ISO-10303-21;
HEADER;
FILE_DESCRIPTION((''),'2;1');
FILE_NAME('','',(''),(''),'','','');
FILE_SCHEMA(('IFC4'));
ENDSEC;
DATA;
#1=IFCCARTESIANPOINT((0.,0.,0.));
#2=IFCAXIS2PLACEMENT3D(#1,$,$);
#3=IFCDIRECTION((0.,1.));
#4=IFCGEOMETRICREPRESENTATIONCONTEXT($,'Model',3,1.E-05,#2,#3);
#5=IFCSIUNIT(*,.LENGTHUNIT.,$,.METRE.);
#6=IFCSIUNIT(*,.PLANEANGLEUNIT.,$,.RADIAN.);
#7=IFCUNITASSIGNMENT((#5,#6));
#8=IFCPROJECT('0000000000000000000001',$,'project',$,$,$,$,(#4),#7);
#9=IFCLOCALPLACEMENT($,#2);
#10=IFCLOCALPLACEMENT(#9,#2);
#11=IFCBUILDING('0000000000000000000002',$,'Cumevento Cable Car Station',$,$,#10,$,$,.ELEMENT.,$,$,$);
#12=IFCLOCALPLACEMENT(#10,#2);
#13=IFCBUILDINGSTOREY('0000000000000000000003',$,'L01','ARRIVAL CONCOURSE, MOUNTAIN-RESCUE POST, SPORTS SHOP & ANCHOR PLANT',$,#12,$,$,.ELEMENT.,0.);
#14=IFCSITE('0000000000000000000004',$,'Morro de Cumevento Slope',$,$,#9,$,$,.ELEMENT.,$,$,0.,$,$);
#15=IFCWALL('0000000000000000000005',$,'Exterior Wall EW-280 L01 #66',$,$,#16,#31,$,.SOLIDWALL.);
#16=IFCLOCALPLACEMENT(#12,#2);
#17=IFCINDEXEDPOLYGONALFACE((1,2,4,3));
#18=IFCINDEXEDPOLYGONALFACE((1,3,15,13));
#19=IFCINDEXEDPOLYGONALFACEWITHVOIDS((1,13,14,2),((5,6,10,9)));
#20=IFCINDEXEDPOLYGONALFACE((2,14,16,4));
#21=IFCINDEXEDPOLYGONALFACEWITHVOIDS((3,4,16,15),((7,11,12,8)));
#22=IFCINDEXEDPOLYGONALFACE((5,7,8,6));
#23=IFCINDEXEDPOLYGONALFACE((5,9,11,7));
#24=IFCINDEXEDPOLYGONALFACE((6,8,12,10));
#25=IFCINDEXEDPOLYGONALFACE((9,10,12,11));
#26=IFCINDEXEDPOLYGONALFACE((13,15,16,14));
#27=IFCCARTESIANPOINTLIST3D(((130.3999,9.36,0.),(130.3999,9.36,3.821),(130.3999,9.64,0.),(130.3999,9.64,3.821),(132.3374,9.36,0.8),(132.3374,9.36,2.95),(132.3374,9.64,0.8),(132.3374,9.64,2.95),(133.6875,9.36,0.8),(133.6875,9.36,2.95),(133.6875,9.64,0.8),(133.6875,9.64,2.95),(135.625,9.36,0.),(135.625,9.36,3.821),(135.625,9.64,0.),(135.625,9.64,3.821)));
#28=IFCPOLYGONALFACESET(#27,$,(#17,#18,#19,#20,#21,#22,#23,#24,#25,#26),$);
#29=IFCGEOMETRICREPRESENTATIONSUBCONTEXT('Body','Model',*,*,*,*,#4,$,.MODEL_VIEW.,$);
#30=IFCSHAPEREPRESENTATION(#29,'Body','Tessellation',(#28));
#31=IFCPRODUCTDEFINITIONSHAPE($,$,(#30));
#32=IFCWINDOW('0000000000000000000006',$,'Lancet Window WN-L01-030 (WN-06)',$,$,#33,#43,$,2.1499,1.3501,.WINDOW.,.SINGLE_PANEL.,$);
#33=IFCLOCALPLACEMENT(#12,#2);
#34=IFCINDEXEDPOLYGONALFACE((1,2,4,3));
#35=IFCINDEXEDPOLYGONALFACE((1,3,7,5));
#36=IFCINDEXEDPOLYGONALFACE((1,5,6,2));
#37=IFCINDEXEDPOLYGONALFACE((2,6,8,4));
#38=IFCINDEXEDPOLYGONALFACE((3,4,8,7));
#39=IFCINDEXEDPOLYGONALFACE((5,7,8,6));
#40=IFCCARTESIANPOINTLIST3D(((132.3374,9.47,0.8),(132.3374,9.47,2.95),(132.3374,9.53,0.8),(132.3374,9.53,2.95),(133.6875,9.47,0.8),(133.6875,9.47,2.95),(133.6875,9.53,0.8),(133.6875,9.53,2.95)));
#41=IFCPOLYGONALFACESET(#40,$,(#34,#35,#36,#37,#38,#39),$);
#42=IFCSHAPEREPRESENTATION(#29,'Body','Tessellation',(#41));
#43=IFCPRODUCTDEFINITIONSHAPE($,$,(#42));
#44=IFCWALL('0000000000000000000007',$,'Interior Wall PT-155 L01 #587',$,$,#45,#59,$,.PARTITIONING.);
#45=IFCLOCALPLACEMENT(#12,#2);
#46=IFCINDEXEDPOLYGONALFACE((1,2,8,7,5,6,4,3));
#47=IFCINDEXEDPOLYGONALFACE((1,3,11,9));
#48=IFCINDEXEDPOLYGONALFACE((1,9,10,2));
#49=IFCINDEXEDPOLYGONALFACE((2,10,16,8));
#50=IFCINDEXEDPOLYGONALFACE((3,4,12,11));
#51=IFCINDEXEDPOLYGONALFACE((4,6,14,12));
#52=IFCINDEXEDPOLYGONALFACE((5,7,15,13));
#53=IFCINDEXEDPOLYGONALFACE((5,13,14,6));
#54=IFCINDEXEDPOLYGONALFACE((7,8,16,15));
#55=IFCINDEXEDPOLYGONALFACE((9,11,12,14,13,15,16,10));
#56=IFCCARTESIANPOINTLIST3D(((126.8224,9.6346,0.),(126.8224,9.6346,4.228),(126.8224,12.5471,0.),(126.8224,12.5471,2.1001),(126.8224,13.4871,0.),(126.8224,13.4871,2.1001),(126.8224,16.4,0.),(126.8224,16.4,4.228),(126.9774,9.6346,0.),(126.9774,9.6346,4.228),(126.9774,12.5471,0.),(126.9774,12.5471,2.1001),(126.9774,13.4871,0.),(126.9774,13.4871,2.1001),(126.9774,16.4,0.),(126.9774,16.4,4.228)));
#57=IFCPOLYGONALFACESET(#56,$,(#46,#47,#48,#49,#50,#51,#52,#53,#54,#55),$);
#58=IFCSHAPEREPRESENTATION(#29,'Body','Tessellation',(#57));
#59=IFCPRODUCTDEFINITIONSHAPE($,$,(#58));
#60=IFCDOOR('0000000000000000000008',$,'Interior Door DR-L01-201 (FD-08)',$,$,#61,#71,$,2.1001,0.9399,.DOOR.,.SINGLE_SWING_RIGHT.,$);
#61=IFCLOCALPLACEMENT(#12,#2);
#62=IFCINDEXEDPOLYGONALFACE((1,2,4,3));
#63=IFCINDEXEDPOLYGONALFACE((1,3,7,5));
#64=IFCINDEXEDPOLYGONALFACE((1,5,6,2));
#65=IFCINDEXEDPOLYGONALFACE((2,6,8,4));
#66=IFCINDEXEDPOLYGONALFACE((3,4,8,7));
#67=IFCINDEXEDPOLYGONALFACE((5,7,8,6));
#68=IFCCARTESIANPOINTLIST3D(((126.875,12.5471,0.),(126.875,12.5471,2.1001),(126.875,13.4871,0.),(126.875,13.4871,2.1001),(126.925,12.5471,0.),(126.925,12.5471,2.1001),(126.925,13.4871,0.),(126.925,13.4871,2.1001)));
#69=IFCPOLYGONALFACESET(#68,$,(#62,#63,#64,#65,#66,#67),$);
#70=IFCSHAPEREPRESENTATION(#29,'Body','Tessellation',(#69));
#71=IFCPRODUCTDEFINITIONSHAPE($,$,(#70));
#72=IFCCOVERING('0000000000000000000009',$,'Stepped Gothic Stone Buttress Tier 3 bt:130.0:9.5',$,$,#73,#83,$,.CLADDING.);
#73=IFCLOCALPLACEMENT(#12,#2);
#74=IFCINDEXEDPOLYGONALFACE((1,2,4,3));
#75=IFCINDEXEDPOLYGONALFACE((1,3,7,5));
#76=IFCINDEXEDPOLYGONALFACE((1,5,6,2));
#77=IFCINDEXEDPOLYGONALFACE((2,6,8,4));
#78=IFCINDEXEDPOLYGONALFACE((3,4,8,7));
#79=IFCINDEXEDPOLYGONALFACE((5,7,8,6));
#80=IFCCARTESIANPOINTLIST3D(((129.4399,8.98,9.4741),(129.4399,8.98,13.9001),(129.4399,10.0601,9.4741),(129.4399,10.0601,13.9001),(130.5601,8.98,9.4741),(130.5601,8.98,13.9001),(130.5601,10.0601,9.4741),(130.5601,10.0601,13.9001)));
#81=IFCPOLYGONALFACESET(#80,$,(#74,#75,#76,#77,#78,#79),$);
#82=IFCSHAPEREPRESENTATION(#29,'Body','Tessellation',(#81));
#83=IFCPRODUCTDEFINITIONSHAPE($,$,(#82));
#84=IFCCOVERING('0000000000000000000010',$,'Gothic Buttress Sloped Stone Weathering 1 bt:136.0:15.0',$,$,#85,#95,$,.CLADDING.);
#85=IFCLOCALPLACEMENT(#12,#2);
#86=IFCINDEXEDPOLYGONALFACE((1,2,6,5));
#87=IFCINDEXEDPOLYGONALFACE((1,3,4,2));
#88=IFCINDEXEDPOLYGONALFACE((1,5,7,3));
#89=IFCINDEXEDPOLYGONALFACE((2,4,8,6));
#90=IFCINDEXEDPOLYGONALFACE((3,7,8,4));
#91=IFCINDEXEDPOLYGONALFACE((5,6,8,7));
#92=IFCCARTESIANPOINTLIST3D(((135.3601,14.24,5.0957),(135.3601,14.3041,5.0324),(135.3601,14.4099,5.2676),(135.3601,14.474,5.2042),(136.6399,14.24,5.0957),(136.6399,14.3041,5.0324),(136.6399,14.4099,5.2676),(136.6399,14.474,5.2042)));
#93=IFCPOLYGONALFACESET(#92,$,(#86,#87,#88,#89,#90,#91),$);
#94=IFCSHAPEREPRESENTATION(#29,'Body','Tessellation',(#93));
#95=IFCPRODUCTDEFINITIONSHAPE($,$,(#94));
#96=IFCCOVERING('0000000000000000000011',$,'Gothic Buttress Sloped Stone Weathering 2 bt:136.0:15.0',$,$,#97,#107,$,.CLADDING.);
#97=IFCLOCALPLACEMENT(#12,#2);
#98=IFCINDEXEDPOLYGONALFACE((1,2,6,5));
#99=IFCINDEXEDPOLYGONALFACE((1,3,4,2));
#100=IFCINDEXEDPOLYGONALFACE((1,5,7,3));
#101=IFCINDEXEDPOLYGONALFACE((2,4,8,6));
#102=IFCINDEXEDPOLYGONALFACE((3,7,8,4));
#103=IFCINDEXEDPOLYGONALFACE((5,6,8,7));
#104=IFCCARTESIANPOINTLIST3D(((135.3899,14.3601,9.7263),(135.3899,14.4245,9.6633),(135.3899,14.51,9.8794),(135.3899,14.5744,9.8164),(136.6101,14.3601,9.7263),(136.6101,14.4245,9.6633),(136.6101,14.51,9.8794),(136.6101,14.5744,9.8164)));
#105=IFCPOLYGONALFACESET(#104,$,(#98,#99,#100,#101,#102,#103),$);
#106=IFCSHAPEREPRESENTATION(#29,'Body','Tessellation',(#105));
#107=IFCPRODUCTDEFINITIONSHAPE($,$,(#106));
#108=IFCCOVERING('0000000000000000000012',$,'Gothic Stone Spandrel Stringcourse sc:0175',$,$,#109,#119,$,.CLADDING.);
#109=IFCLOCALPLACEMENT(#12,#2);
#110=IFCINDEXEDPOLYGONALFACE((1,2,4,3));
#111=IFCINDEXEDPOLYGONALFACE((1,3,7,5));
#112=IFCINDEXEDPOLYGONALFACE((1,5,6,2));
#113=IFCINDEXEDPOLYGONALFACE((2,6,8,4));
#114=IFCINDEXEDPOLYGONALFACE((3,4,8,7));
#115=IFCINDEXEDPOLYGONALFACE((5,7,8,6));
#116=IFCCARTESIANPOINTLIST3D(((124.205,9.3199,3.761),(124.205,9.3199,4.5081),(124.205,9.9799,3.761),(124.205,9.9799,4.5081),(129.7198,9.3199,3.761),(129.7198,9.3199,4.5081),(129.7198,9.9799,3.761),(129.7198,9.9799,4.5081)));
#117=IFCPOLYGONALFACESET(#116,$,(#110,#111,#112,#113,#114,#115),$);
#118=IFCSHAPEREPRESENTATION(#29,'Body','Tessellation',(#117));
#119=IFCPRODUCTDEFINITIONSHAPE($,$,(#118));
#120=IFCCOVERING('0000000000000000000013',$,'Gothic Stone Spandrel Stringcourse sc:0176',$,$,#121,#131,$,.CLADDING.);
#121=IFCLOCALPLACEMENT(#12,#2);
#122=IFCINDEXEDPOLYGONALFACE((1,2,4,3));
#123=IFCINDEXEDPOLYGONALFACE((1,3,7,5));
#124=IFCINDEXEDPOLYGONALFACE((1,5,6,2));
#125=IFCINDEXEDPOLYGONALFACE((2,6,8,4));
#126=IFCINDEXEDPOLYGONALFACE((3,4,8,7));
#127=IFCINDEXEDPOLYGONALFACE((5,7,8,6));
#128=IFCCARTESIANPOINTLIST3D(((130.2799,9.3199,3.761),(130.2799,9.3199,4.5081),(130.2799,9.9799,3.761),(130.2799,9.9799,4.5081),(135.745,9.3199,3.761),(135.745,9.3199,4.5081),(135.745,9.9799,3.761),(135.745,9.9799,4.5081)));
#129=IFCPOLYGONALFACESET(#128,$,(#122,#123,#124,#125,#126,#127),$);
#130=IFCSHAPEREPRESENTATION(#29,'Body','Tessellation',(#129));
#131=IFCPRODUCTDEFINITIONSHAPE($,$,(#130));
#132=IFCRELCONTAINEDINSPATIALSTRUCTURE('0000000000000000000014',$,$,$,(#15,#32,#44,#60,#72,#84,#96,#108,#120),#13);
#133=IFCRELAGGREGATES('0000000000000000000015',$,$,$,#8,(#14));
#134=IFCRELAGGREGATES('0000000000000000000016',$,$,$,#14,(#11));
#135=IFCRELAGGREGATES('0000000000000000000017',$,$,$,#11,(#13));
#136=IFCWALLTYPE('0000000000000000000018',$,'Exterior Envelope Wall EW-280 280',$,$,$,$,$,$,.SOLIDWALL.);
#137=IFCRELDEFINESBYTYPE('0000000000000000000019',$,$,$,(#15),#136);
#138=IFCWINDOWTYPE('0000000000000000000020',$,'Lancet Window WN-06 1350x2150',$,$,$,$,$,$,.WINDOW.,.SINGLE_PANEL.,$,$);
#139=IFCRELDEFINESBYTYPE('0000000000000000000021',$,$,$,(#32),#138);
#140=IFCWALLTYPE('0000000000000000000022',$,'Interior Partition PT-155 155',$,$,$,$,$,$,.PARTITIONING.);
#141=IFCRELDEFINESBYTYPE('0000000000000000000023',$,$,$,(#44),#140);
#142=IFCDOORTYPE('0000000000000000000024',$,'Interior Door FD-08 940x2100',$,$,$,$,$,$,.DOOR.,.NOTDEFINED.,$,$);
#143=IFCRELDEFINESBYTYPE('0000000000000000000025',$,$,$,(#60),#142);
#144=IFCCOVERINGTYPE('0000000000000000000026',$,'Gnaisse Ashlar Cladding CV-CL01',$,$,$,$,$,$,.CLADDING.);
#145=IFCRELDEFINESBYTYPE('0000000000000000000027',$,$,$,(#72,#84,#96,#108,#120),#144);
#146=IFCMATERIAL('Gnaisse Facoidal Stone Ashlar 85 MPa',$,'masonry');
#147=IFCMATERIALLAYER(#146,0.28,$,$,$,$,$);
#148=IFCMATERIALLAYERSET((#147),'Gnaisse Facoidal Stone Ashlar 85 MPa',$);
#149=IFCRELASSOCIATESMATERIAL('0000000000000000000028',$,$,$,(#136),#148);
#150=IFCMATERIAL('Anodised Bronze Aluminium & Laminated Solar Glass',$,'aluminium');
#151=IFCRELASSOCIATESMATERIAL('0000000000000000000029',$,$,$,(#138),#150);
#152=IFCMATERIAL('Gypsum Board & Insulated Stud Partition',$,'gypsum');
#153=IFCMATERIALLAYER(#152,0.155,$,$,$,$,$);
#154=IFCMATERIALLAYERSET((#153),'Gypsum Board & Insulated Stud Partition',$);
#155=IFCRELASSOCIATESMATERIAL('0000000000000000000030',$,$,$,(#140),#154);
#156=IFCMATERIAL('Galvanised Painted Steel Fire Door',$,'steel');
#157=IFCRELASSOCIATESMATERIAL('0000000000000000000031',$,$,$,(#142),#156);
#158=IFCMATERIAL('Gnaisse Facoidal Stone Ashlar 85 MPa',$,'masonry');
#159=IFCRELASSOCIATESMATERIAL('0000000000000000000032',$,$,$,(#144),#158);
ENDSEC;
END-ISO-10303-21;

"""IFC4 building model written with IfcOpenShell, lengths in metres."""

from ifc_helpers import new_model, si_unit, direction, frame, frame_2d, origin, origin_2d, place, context, subcontext, project, spatial, polyline, rectangle, outline, extrude, material, layer, layer_set, type_object, element, fill, save


model = new_model("IFC4")

# Units and contexts
model_context = context("Model", 3, precision=1e-05, world=origin(), true_north=direction((0.0, 1.0)))
body_context = subcontext(model_context, "Body", "Model", "MODEL_VIEW")
ifc_project = project(units=[si_unit("LENGTHUNIT", "METRE"), si_unit("PLANEANGLEUNIT", "RADIAN")], contexts=[model_context])

# Site, building, storey
site_placement = place(None, origin())
site = spatial("IfcSite", under=ifc_project, at=site_placement, Name="Morro de Cumevento Slope", CompositionType="ELEMENT", RefElevation=0.0)
building_placement = place(site_placement, origin())
building = spatial("IfcBuilding", under=site, at=building_placement, Name="Cumevento Cable Car Station", CompositionType="ELEMENT")
storey_placement = place(building_placement, origin())
storey = spatial("IfcBuildingStorey", under=building, at=storey_placement, Name="L01", Description="ARRIVAL CONCOURSE, MOUNTAIN-RESCUE POST, SPORTS SHOP & ANCHOR PLANT", CompositionType="ELEMENT", Elevation=0.0)

# Wall, opening, window
ifc_material_1 = material(Name="Gnaisse Facoidal Stone Ashlar 85 MPa", Category="masonry")
ifc_layer_1 = layer(ifc_material_1, 0.28)
ifc_layer_set_1 = layer_set([ifc_layer_1], Name="Gnaisse Facoidal Stone Ashlar 85 MPa")
wall_type_1 = type_object("IfcWallType", Name="Exterior Envelope Wall EW-280 280", PredefinedType="SOLIDWALL", material=ifc_layer_set_1)
wall_1_placement = place(storey_placement, frame((135.625, 9.5, 0.0), z_axis=(0.0, 0.0, 1.0), x_axis=(-1.0, 0.0, 0.0)))
wall_1 = element("IfcWall", 1, at=wall_1_placement, inside=storey, type_object=wall_type_1, Name="Exterior Wall EW-280 L01 #66", PredefinedType="SOLIDWALL", context=body_context, shape_type="SweptSolid", body=[
    extrude(rectangle(XDim=5.2251, YDim=0.28, at=frame_2d((2.6125, 0.0))), origin(), (0.0, 0.0, 1.0), 3.821),
])
opening_1_placement = place(wall_1_placement, frame((1.9375, 0.0, 0.8)))
opening_1 = element("IfcOpeningElement", 2, at=opening_1_placement, cuts=wall_1, PredefinedType="OPENING", context=body_context, shape_type="SweptSolid", body=[
    extrude(rectangle(XDim=1.3501, YDim=2.1499, at=frame_2d((0.675, 1.075))), frame((0.0, 0.1501, 0.0), z_axis=(0.0, -1.0, 0.0), x_axis=(1.0, 0.0, 0.0)), (0.0, 0.0, 1.0), 0.3),
])
ifc_material_2 = material(Name="Anodised Bronze Aluminium & Laminated Solar Glass", Category="aluminium")
window_type = type_object("IfcWindowType", Name="Lancet Window WN-06 1350x2150", PartitioningType="SINGLE_PANEL", PredefinedType="WINDOW", material=ifc_material_2)
window_placement = place(opening_1_placement, origin())
window = element("IfcWindow", 3, at=window_placement, inside=storey, type_object=window_type, Name="Lancet Window WN-L01-030 (WN-06)", OverallHeight=2.1499, OverallWidth=1.3501, PartitioningType="SINGLE_PANEL", PredefinedType="WINDOW", context=body_context, shape_type="SweptSolid", body=[
    extrude(rectangle(XDim=1.3501, YDim=2.1499, at=frame_2d((0.675, 1.075))), frame((0.0, 0.03, 0.0), z_axis=(0.0, -1.0, 0.0), x_axis=(1.0, 0.0, 0.0)), (0.0, 0.0, 1.0), 0.0601),
])
fill(opening_1, window)

# Wall, opening, door
ifc_material_3 = material(Name="Gypsum Board & Insulated Stud Partition", Category="gypsum")
ifc_layer_2 = layer(ifc_material_3, 0.155)
ifc_layer_set_2 = layer_set([ifc_layer_2], Name="Gypsum Board & Insulated Stud Partition")
wall_type_2 = type_object("IfcWallType", Name="Interior Partition PT-155 155", PredefinedType="PARTITIONING", material=ifc_layer_set_2)
wall_2_placement = place(storey_placement, frame((126.8999, 9.6345, 0.0), z_axis=(0.0, 0.0, 1.0), x_axis=(0.0, 1.0, 0.0)))
wall_2 = element("IfcWall", 4, at=wall_2_placement, inside=storey, type_object=wall_type_2, Name="Interior Wall PT-155 L01 #587", PredefinedType="PARTITIONING", context=body_context, shape_type="SweptSolid", body=[
    extrude(rectangle(XDim=6.7654, YDim=0.155, at=frame_2d((3.3828, 0.0))), origin(), (0.0, 0.0, 1.0), 4.228),
])
opening_2_placement = place(wall_2_placement, frame((2.9126, 0.0, 0.0)))
opening_2 = element("IfcOpeningElement", 5, at=opening_2_placement, cuts=wall_2, PredefinedType="OPENING", context=body_context, shape_type="SweptSolid", body=[
    extrude(rectangle(XDim=0.9399, YDim=2.1001, at=frame_2d((0.47, 1.05))), frame((0.0, 0.0876, 0.0), z_axis=(0.0, -1.0, 0.0), x_axis=(1.0, 0.0, 0.0)), (0.0, 0.0, 1.0), 0.175),
])
ifc_material_4 = material(Name="Galvanised Painted Steel Fire Door", Category="steel")
door_type = type_object("IfcDoorType", Name="Interior Door FD-08 940x2100", OperationType="NOTDEFINED", PredefinedType="DOOR", material=ifc_material_4)
door_placement = place(opening_2_placement, origin())
door = element("IfcDoor", 6, at=door_placement, inside=storey, type_object=door_type, Name="Interior Door DR-L01-201 (FD-08)", OperationType="SINGLE_SWING_RIGHT", OverallHeight=2.1001, OverallWidth=0.9399, PredefinedType="DOOR", context=body_context, shape_type="SweptSolid", body=[
    extrude(rectangle(XDim=0.9399, YDim=2.1001, at=frame_2d((0.47, 1.05))), frame((0.0, 0.0249, 0.0), z_axis=(0.0, -1.0, 0.0), x_axis=(1.0, 0.0, 0.0)), (0.0, 0.0, 1.0), 0.05),
])
fill(opening_2, door)

# Coverings
ifc_material_5 = material(Name="Gnaisse Facoidal Stone Ashlar 85 MPa", Category="masonry")
covering_type = type_object("IfcCoveringType", Name="Gnaisse Ashlar Cladding CV-CL01", PredefinedType="CLADDING", material=ifc_material_5)
covering_1_placement = place(storey_placement, frame((130.0, 9.52, 9.4741), z_axis=(0.0, 0.0, 1.0), x_axis=(1.0, 0.0, 0.0)))
element("IfcCovering", 7, at=covering_1_placement, inside=storey, type_object=covering_type, Name="Stepped Gothic Stone Buttress Tier 3 bt:130.0:9.5", PredefinedType="CLADDING", context=body_context, shape_type="SweptSolid", body=[
    extrude(rectangle(XDim=1.1201, YDim=1.0801, at=origin_2d()), origin(), (0.0, 0.0, 1.0), 4.426),
])
covering_2_placement = place(storey_placement, frame((135.3601, 14.24, 5.0957), z_axis=(0.0, -0.711136, 0.703055), x_axis=(1.0, 0.0, 0.0)))
element("IfcCovering", 8, at=covering_2_placement, inside=storey, type_object=covering_type, Name="Gothic Buttress Sloped Stone Weathering 1 bt:136.0:15.0", PredefinedType="CLADDING", context=body_context, shape_type="SweptSolid", body=[
    extrude(outline(polyline([(0.0, 0.0), (1.2798, 0.0), (1.2798, 0.2417), (0.0, 0.2417), (0.0, 0.0)])), origin(), (0.0, 0.0, -1.0), 0.0901),
])
covering_3_placement = place(storey_placement, frame((135.3899, 14.3601, 9.7263), z_axis=(0.0, -0.714475, 0.699661), x_axis=(1.0, 0.0, 0.0)))
element("IfcCovering", 9, at=covering_3_placement, inside=storey, type_object=covering_type, Name="Gothic Buttress Sloped Stone Weathering 2 bt:136.0:15.0", PredefinedType="CLADDING", context=body_context, shape_type="SweptSolid", body=[
    extrude(outline(polyline([(0.0, 0.0), (1.2202, 0.0), (1.2202, 0.2142), (0.0, 0.2142), (0.0, 0.0)])), origin(), (0.0, 0.0, -1.0), 0.0901),
])
covering_4_placement = place(storey_placement, frame((126.9624, 9.6499, 3.761), z_axis=(0.0, 0.0, 1.0), x_axis=(-1.0, 0.0, 0.0)))
element("IfcCovering", 10, at=covering_4_placement, inside=storey, type_object=covering_type, Name="Gothic Stone Spandrel Stringcourse sc:0175", PredefinedType="CLADDING", context=body_context, shape_type="SweptSolid", body=[
    extrude(rectangle(XDim=5.5149, YDim=0.6599, at=origin_2d()), origin(), (0.0, 0.0, 1.0), 0.7471),
])
covering_5_placement = place(storey_placement, frame((133.0125, 9.6499, 3.761), z_axis=(0.0, 0.0, 1.0), x_axis=(-1.0, 0.0, 0.0)))
element("IfcCovering", 11, at=covering_5_placement, inside=storey, type_object=covering_type, Name="Gothic Stone Spandrel Stringcourse sc:0176", PredefinedType="CLADDING", context=body_context, shape_type="SweptSolid", body=[
    extrude(rectangle(XDim=5.4651, YDim=0.6599, at=origin_2d()), origin(), (0.0, 0.0, 1.0), 0.7471),
])

save(model, "model.ifc")
